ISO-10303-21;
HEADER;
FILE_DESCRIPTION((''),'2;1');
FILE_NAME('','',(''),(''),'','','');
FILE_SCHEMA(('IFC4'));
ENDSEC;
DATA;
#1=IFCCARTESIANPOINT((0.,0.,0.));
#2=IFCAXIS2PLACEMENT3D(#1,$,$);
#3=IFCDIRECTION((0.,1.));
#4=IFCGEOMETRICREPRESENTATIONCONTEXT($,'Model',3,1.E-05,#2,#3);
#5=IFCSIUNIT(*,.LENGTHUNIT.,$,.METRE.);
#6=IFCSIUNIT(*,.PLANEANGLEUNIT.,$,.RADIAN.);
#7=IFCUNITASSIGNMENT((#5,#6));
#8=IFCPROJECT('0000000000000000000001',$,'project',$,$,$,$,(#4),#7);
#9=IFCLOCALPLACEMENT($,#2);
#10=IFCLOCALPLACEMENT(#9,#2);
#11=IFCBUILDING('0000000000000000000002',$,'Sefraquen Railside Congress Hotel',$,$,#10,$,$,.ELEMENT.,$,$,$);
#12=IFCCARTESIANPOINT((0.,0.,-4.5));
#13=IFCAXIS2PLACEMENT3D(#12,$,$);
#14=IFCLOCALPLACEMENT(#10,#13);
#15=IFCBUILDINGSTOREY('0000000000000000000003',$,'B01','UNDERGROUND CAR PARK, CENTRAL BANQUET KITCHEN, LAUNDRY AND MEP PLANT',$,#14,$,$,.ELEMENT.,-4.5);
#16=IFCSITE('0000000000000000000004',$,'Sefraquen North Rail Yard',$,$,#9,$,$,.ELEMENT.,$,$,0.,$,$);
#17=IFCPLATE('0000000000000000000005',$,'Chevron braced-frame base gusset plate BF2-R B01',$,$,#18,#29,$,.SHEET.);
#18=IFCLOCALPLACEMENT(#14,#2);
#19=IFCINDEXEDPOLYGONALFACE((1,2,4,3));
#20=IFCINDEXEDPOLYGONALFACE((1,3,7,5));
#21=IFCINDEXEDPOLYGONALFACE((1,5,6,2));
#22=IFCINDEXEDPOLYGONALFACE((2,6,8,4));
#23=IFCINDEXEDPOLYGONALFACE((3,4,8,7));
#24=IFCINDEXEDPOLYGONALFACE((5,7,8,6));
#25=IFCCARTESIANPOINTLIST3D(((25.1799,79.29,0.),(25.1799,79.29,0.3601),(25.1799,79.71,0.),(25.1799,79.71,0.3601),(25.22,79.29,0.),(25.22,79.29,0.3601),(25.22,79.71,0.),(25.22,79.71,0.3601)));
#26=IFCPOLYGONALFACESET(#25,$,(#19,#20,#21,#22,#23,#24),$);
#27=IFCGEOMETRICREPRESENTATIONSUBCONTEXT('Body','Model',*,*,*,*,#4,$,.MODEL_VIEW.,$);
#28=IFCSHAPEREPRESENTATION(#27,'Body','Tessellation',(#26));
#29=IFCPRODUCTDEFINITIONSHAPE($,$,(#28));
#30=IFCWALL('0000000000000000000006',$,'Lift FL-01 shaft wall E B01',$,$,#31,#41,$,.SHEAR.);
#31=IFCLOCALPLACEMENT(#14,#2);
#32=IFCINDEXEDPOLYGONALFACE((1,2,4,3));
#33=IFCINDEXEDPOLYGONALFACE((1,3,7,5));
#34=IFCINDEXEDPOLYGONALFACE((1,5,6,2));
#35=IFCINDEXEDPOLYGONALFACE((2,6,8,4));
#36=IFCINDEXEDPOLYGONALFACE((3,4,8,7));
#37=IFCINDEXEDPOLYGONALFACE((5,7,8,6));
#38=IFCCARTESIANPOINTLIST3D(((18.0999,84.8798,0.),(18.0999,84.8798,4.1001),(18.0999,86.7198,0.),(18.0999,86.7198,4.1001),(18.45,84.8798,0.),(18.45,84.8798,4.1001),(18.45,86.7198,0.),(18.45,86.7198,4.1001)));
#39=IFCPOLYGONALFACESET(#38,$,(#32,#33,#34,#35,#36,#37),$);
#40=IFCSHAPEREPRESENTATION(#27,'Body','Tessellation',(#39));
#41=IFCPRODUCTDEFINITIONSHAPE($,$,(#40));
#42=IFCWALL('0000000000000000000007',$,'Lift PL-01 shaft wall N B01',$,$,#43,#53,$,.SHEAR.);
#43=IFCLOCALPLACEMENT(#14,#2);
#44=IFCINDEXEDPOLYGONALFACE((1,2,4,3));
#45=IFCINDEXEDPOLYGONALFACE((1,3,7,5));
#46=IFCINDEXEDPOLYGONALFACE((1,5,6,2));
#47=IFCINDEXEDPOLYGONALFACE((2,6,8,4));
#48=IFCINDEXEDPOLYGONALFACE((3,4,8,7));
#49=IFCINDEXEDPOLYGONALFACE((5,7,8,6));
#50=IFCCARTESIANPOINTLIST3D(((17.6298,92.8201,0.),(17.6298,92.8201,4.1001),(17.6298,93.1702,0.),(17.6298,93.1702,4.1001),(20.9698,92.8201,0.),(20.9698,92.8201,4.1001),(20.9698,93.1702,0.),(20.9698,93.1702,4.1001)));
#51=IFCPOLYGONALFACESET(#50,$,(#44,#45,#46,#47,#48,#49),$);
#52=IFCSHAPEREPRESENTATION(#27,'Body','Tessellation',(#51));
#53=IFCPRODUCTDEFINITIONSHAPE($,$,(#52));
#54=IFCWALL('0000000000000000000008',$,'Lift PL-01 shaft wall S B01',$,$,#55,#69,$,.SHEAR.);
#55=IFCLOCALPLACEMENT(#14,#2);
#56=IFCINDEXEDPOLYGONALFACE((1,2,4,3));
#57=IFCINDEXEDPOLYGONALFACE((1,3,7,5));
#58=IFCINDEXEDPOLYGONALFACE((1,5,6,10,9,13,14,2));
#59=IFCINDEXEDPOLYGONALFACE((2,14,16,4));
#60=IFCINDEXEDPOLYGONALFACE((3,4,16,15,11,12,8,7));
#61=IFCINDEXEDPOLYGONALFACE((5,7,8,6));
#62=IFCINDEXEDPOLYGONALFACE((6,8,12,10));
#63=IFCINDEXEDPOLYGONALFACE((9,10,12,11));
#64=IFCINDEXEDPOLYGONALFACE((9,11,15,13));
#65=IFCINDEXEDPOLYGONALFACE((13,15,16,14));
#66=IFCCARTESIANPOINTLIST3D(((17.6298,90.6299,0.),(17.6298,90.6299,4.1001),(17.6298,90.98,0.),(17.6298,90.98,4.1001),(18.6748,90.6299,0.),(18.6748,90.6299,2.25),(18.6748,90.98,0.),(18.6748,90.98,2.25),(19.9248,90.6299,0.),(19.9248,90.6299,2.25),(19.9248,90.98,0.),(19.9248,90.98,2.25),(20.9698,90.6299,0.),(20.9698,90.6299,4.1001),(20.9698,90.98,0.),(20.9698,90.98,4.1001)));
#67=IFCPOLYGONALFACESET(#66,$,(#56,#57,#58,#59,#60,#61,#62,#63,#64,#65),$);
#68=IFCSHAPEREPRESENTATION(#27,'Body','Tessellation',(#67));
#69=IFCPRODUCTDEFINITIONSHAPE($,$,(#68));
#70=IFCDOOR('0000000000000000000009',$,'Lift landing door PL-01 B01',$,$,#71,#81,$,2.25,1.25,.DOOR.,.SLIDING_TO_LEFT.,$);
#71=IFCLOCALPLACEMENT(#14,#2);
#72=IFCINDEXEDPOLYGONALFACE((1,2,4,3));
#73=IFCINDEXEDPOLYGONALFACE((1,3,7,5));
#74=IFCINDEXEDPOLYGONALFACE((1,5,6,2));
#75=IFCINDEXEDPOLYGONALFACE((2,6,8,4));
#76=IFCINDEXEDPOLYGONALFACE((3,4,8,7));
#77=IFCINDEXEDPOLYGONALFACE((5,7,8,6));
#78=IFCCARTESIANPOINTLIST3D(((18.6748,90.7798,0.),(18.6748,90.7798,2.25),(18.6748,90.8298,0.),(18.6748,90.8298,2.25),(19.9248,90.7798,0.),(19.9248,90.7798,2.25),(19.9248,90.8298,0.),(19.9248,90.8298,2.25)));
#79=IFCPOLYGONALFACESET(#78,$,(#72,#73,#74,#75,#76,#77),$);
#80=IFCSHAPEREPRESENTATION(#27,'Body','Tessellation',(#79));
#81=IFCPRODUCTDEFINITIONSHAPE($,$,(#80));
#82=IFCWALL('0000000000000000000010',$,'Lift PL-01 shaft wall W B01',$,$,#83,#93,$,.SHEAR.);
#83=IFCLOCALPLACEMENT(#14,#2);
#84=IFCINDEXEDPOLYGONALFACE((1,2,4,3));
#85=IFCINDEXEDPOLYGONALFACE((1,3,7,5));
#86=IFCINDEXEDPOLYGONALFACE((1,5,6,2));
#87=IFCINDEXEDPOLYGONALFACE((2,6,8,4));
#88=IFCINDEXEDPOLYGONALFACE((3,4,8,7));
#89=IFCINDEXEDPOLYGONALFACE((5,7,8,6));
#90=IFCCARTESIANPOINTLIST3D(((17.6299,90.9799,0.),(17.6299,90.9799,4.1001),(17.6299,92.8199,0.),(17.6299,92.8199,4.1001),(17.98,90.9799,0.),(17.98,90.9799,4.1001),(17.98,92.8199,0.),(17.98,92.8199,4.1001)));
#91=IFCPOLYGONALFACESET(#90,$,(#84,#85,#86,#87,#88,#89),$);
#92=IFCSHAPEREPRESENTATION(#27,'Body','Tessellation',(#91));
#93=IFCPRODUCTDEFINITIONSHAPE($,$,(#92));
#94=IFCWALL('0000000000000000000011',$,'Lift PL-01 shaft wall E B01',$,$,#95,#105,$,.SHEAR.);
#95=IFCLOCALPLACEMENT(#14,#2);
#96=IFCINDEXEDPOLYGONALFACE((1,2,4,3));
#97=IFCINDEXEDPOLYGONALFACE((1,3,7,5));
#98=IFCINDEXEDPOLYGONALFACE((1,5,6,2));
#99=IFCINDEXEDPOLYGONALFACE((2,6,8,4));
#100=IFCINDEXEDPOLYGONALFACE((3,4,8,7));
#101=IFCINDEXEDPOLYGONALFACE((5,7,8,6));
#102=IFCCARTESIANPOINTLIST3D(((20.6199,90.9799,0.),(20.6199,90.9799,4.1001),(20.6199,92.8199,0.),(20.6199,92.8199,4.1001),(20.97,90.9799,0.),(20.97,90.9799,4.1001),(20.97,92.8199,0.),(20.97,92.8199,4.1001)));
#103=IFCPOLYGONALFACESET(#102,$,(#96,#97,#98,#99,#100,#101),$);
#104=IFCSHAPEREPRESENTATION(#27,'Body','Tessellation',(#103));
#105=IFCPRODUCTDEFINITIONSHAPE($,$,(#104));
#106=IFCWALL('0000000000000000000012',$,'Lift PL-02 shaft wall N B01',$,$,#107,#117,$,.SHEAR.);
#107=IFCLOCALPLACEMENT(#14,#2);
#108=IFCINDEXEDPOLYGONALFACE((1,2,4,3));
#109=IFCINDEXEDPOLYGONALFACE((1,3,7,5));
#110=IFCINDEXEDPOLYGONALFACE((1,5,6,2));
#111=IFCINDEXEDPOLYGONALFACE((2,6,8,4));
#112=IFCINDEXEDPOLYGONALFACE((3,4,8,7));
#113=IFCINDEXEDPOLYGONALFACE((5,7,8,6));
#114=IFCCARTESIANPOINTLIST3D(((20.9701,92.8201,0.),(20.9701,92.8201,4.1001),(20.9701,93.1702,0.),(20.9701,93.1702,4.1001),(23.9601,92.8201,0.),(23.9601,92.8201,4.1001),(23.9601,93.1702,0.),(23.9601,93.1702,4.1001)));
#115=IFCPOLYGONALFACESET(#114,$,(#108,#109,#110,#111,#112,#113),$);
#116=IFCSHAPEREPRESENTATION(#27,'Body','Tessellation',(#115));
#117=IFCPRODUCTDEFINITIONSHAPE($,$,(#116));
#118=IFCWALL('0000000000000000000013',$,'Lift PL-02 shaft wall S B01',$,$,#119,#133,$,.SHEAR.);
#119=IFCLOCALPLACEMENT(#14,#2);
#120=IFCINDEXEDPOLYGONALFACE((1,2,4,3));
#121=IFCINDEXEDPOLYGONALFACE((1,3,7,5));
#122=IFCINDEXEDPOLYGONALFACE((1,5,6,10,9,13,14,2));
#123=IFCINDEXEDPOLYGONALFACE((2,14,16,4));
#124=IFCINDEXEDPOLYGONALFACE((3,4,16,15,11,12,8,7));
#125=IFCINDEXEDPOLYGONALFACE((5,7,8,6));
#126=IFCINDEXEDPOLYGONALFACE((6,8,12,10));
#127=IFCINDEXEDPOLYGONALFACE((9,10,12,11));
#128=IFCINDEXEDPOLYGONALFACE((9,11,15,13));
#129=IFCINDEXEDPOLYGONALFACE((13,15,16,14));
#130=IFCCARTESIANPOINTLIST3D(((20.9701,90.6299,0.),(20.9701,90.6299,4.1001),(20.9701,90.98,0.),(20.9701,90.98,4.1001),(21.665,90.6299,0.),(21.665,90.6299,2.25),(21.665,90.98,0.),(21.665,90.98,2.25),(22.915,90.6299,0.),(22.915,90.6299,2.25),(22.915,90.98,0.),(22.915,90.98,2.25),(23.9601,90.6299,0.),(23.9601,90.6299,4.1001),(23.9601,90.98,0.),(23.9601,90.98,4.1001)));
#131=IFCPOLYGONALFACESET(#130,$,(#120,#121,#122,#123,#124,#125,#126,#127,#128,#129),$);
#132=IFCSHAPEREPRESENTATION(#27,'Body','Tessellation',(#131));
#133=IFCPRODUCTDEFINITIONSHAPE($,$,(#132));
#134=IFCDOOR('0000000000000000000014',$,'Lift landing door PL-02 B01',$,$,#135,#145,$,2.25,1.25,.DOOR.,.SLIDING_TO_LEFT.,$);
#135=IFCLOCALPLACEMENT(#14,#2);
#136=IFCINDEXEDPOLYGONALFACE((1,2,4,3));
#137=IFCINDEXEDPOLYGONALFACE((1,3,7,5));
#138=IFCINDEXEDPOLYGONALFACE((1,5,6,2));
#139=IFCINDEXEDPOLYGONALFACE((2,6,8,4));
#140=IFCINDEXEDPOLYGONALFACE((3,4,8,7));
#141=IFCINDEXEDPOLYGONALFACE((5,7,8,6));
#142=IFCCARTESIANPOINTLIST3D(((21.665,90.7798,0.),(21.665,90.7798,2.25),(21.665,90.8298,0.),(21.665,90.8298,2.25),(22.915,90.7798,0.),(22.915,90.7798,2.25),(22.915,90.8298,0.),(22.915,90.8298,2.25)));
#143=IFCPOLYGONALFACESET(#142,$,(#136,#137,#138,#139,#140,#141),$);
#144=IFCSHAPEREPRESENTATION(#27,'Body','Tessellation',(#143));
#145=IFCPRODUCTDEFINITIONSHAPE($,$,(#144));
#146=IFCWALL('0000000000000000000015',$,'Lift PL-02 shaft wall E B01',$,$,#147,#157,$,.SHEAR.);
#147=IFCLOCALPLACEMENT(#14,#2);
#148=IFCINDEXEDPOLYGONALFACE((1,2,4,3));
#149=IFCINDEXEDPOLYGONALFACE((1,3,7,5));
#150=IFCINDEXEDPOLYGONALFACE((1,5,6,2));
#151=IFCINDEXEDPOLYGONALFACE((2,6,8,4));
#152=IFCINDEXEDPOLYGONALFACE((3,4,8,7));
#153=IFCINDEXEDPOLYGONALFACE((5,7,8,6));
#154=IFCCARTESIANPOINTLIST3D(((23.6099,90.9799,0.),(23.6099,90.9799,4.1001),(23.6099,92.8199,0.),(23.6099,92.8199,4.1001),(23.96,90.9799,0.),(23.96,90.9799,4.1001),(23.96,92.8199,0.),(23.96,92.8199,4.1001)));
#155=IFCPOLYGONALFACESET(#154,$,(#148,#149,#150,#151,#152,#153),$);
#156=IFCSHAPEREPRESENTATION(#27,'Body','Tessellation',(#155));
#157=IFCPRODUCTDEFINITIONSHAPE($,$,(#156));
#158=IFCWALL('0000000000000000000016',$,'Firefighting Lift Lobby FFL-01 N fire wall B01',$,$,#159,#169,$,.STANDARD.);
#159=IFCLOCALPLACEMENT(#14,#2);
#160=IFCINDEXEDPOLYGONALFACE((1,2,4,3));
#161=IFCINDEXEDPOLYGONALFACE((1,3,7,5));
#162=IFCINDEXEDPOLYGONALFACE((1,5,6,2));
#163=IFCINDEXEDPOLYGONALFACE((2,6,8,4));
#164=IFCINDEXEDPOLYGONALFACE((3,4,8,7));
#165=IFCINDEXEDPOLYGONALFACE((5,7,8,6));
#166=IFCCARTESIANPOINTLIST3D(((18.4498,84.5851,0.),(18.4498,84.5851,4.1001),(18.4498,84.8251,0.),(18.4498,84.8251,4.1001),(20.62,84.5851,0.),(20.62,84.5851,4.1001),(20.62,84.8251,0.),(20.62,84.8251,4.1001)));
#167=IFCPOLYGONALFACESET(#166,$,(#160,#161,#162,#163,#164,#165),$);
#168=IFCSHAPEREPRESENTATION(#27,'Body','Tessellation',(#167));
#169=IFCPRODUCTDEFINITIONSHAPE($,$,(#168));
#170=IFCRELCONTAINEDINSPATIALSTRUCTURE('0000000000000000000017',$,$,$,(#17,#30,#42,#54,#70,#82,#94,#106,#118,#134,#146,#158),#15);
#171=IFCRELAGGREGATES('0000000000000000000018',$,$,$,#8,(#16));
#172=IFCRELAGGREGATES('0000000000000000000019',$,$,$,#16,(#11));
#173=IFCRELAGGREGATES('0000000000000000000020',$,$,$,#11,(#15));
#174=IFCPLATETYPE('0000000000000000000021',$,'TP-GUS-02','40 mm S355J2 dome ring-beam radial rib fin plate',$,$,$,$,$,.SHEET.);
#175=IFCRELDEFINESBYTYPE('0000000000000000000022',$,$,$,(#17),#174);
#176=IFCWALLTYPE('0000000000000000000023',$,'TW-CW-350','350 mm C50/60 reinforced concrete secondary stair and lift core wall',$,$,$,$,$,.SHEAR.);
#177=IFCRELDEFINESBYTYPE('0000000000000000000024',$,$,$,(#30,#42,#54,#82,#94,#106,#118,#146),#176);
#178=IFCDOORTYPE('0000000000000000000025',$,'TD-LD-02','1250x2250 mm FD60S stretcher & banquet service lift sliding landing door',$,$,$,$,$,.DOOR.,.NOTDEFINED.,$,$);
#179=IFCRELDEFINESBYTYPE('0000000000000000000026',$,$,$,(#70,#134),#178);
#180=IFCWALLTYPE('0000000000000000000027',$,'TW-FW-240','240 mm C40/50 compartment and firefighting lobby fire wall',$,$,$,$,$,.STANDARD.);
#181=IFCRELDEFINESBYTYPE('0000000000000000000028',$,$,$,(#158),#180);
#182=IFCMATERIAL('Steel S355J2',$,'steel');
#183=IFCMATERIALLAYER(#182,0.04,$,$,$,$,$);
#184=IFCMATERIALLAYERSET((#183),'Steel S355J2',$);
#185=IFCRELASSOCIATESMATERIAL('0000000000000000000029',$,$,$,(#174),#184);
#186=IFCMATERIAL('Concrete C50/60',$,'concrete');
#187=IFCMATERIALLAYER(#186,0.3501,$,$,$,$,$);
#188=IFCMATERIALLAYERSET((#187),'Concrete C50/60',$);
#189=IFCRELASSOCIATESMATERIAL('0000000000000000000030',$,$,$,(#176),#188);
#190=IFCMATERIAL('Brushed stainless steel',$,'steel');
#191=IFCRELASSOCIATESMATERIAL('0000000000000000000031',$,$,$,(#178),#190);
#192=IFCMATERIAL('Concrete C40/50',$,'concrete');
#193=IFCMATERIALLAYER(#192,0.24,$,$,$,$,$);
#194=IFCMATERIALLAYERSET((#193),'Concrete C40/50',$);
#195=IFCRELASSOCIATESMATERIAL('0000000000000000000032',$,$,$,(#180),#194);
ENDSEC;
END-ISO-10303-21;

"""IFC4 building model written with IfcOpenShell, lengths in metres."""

from ifc_helpers import new_model, si_unit, direction, frame, frame_2d, origin, origin_2d, place, context, subcontext, project, spatial, rectangle, extrude, material, layer, layer_set, type_object, element, fill, save


model = new_model("IFC4")

# Units and contexts
model_context = context("Model", 3, precision=1e-05, world=origin(), true_north=direction((0.0, 1.0)))
body_context = subcontext(model_context, "Body", "Model", "MODEL_VIEW")
ifc_project = project(units=[si_unit("LENGTHUNIT", "METRE"), si_unit("PLANEANGLEUNIT", "RADIAN")], contexts=[model_context])

# Site, building, storey
site_placement = place(None, origin())
site = spatial("IfcSite", under=ifc_project, at=site_placement, Name="Sefraquen North Rail Yard", CompositionType="ELEMENT", RefElevation=0.0)
building_placement = place(site_placement, origin())
building = spatial("IfcBuilding", under=site, at=building_placement, Name="Sefraquen Railside Congress Hotel", CompositionType="ELEMENT")
storey_placement = place(building_placement, frame((0.0, 0.0, -4.5)))
storey = spatial("IfcBuildingStorey", under=building, at=storey_placement, Name="B01", Description="UNDERGROUND CAR PARK, CENTRAL BANQUET KITCHEN, LAUNDRY AND MEP PLANT", CompositionType="ELEMENT", Elevation=-4.5)

# Shared definitions
ifc_material_1 = material(Name="Steel S355J2", Category="steel")

# Plate
ifc_layer_1 = layer(ifc_material_1, 0.04)
ifc_layer_set_1 = layer_set([ifc_layer_1], Name="Steel S355J2")
plate_type = type_object("IfcPlateType", Name="TP-GUS-02", Description="40 mm S355J2 dome ring-beam radial rib fin plate", PredefinedType="SHEET", material=ifc_layer_set_1)
plate_placement = place(storey_placement, frame((25.2, 79.5, 0.0), z_axis=(0.0, 0.0, 1.0), x_axis=(0.0, 1.0, 0.0)))
element("IfcPlate", 1, at=plate_placement, inside=storey, type_object=plate_type, Name="Chevron braced-frame base gusset plate BF2-R B01", PredefinedType="SHEET", context=body_context, shape_type="SweptSolid", body=[
    extrude(rectangle(XDim=0.4199, YDim=0.04, at=origin_2d()), origin(), (0.0, 0.0, 1.0), 0.3601),
])

# Walls
ifc_material_2 = material(Name="Concrete C50/60", Category="concrete")
ifc_layer_2 = layer(ifc_material_2, 0.3501)
ifc_layer_set_2 = layer_set([ifc_layer_2], Name="Concrete C50/60")
wall_type_1 = type_object("IfcWallType", Name="TW-CW-350", Description="350 mm C50/60 reinforced concrete secondary stair and lift core wall", PredefinedType="SHEAR", material=ifc_layer_set_2)
wall_1_placement = place(storey_placement, frame((18.2749, 84.8799, 0.0), z_axis=(0.0, 0.0, 1.0), x_axis=(0.0, 1.0, 0.0)))
element("IfcWall", 2, at=wall_1_placement, inside=storey, type_object=wall_type_1, Name="Lift FL-01 shaft wall E B01", PredefinedType="SHEAR", context=body_context, shape_type="SweptSolid", body=[
    extrude(rectangle(XDim=1.8401, YDim=0.3501, at=frame_2d((0.9199, 0.0))), origin(), (0.0, 0.0, 1.0), 4.1001),
])
wall_2_placement = place(storey_placement, frame((17.6299, 92.9951, 0.0), z_axis=(0.0, 0.0, 1.0), x_axis=(1.0, 0.0, 0.0)))
element("IfcWall", 3, at=wall_2_placement, inside=storey, type_object=wall_type_1, Name="Lift PL-01 shaft wall N B01", PredefinedType="SHEAR", context=body_context, shape_type="SweptSolid", body=[
    extrude(rectangle(XDim=3.3401, YDim=0.3501, at=frame_2d((1.6699, 0.0))), origin(), (0.0, 0.0, 1.0), 4.1001),
])

# Wall, opening, door
wall_3_placement = place(storey_placement, frame((17.6299, 90.8049, 0.0), z_axis=(0.0, 0.0, 1.0), x_axis=(1.0, 0.0, 0.0)))
wall_3 = element("IfcWall", 4, at=wall_3_placement, inside=storey, type_object=wall_type_1, Name="Lift PL-01 shaft wall S B01", PredefinedType="SHEAR", context=body_context, shape_type="SweptSolid", body=[
    extrude(rectangle(XDim=3.3401, YDim=0.3501, at=frame_2d((1.6699, 0.0))), origin(), (0.0, 0.0, 1.0), 4.1001),
])
opening_1_placement = place(wall_3_placement, frame((1.0449, 0.0, 0.0)))
opening_1 = element("IfcOpeningElement", 5, at=opening_1_placement, cuts=wall_3, PredefinedType="OPENING", context=body_context, shape_type="SweptSolid", body=[
    extrude(rectangle(XDim=1.25, YDim=2.25, at=frame_2d((0.625, 1.125))), frame((0.0, 0.1851, 0.0), z_axis=(0.0, -1.0, 0.0), x_axis=(1.0, 0.0, 0.0)), (0.0, 0.0, 1.0), 0.3701),
])
ifc_material_3 = material(Name="Brushed stainless steel", Category="steel")
door_type_1 = type_object("IfcDoorType", Name="TD-LD-02", Description="1250x2250 mm FD60S stretcher & banquet service lift sliding landing door", OperationType="NOTDEFINED", PredefinedType="DOOR", material=ifc_material_3)
door_1_placement = place(opening_1_placement, origin())
door_1 = element("IfcDoor", 6, at=door_1_placement, inside=storey, type_object=door_type_1, Name="Lift landing door PL-01 B01", OperationType="SLIDING_TO_LEFT", OverallHeight=2.25, OverallWidth=1.25, PredefinedType="DOOR", context=body_context, shape_type="SweptSolid", body=[
    extrude(rectangle(XDim=1.25, YDim=2.25, at=frame_2d((0.625, 1.125))), frame((0.0, 0.0249, 0.0), z_axis=(0.0, -1.0, 0.0), x_axis=(1.0, 0.0, 0.0)), (0.0, 0.0, 1.0), 0.05),
])
fill(opening_1, door_1)

# Walls
for number, where, z_axis, x_axis, name in (
    (7, (17.8049, 90.98, 0.0), (0.0, 0.0, 1.0), (0.0, 1.0, 0.0), "Lift PL-01 shaft wall W B01"),
    (8, (20.7949, 90.98, 0.0), (0.0, 0.0, 1.0), (0.0, 1.0, 0.0), "Lift PL-01 shaft wall E B01"),
):
    element("IfcWall", number, at=place(storey_placement, frame(where, z_axis=z_axis, x_axis=x_axis)), inside=storey, type_object=wall_type_1, Name=name, PredefinedType="SHEAR", context=body_context, shape_type="SweptSolid", body=[
        extrude(rectangle(XDim=1.8401, YDim=0.3501, at=frame_2d((0.9199, 0.0))), origin(), (0.0, 0.0, 1.0), 4.1001),
    ])
wall_4_placement = place(storey_placement, frame((20.97, 92.9951, 0.0), z_axis=(0.0, 0.0, 1.0), x_axis=(1.0, 0.0, 0.0)))
element("IfcWall", 9, at=wall_4_placement, inside=storey, type_object=wall_type_1, Name="Lift PL-02 shaft wall N B01", PredefinedType="SHEAR", context=body_context, shape_type="SweptSolid", body=[
    extrude(rectangle(XDim=2.99, YDim=0.3501, at=frame_2d((1.4951, 0.0))), origin(), (0.0, 0.0, 1.0), 4.1001),
])

# Wall, opening, door
wall_5_placement = place(storey_placement, frame((20.97, 90.8049, 0.0), z_axis=(0.0, 0.0, 1.0), x_axis=(1.0, 0.0, 0.0)))
wall_5 = element("IfcWall", 10, at=wall_5_placement, inside=storey, type_object=wall_type_1, Name="Lift PL-02 shaft wall S B01", PredefinedType="SHEAR", context=body_context, shape_type="SweptSolid", body=[
    extrude(rectangle(XDim=2.99, YDim=0.3501, at=frame_2d((1.4951, 0.0))), origin(), (0.0, 0.0, 1.0), 4.1001),
])
opening_2_placement = place(wall_5_placement, frame((0.6951, 0.0, 0.0)))
opening_2 = element("IfcOpeningElement", 11, at=opening_2_placement, cuts=wall_5, PredefinedType="OPENING", context=body_context, shape_type="SweptSolid", body=[
    extrude(rectangle(XDim=1.25, YDim=2.25, at=frame_2d((0.625, 1.125))), frame((0.0, 0.1851, 0.0), z_axis=(0.0, -1.0, 0.0), x_axis=(1.0, 0.0, 0.0)), (0.0, 0.0, 1.0), 0.3701),
])
door_2_placement = place(opening_2_placement, origin())
door_2 = element("IfcDoor", 12, at=door_2_placement, inside=storey, type_object=door_type_1, Name="Lift landing door PL-02 B01", OperationType="SLIDING_TO_LEFT", OverallHeight=2.25, OverallWidth=1.25, PredefinedType="DOOR", context=body_context, shape_type="SweptSolid", body=[
    extrude(rectangle(XDim=1.25, YDim=2.25, at=frame_2d((0.625, 1.125))), frame((0.0, 0.0249, 0.0), z_axis=(0.0, -1.0, 0.0), x_axis=(1.0, 0.0, 0.0)), (0.0, 0.0, 1.0), 0.05),
])
fill(opening_2, door_2)

# Walls
wall_6_placement = place(storey_placement, frame((23.7849, 90.98, 0.0), z_axis=(0.0, 0.0, 1.0), x_axis=(0.0, 1.0, 0.0)))
element("IfcWall", 13, at=wall_6_placement, inside=storey, type_object=wall_type_1, Name="Lift PL-02 shaft wall E B01", PredefinedType="SHEAR", context=body_context, shape_type="SweptSolid", body=[
    extrude(rectangle(XDim=1.8401, YDim=0.3501, at=frame_2d((0.9199, 0.0))), origin(), (0.0, 0.0, 1.0), 4.1001),
])
ifc_material_4 = material(Name="Concrete C40/50", Category="concrete")
ifc_layer_3 = layer(ifc_material_4, 0.24)
ifc_layer_set_3 = layer_set([ifc_layer_3], Name="Concrete C40/50")
wall_type_2 = type_object("IfcWallType", Name="TW-FW-240", Description="240 mm C40/50 compartment and firefighting lobby fire wall", PredefinedType="STANDARD", material=ifc_layer_set_3)
wall_7_placement = place(storey_placement, frame((18.45, 84.7051, 0.0), z_axis=(0.0, 0.0, 1.0), x_axis=(1.0, 0.0, 0.0)))
element("IfcWall", 14, at=wall_7_placement, inside=storey, type_object=wall_type_2, Name="Firefighting Lift Lobby FFL-01 N fire wall B01", PredefinedType="STANDARD", context=body_context, shape_type="SweptSolid", body=[
    extrude(rectangle(XDim=2.1702, YDim=0.24, at=frame_2d((1.085, 0.0))), origin(), (0.0, 0.0, 1.0), 4.1001),
])

save(model, "model.ifc")
